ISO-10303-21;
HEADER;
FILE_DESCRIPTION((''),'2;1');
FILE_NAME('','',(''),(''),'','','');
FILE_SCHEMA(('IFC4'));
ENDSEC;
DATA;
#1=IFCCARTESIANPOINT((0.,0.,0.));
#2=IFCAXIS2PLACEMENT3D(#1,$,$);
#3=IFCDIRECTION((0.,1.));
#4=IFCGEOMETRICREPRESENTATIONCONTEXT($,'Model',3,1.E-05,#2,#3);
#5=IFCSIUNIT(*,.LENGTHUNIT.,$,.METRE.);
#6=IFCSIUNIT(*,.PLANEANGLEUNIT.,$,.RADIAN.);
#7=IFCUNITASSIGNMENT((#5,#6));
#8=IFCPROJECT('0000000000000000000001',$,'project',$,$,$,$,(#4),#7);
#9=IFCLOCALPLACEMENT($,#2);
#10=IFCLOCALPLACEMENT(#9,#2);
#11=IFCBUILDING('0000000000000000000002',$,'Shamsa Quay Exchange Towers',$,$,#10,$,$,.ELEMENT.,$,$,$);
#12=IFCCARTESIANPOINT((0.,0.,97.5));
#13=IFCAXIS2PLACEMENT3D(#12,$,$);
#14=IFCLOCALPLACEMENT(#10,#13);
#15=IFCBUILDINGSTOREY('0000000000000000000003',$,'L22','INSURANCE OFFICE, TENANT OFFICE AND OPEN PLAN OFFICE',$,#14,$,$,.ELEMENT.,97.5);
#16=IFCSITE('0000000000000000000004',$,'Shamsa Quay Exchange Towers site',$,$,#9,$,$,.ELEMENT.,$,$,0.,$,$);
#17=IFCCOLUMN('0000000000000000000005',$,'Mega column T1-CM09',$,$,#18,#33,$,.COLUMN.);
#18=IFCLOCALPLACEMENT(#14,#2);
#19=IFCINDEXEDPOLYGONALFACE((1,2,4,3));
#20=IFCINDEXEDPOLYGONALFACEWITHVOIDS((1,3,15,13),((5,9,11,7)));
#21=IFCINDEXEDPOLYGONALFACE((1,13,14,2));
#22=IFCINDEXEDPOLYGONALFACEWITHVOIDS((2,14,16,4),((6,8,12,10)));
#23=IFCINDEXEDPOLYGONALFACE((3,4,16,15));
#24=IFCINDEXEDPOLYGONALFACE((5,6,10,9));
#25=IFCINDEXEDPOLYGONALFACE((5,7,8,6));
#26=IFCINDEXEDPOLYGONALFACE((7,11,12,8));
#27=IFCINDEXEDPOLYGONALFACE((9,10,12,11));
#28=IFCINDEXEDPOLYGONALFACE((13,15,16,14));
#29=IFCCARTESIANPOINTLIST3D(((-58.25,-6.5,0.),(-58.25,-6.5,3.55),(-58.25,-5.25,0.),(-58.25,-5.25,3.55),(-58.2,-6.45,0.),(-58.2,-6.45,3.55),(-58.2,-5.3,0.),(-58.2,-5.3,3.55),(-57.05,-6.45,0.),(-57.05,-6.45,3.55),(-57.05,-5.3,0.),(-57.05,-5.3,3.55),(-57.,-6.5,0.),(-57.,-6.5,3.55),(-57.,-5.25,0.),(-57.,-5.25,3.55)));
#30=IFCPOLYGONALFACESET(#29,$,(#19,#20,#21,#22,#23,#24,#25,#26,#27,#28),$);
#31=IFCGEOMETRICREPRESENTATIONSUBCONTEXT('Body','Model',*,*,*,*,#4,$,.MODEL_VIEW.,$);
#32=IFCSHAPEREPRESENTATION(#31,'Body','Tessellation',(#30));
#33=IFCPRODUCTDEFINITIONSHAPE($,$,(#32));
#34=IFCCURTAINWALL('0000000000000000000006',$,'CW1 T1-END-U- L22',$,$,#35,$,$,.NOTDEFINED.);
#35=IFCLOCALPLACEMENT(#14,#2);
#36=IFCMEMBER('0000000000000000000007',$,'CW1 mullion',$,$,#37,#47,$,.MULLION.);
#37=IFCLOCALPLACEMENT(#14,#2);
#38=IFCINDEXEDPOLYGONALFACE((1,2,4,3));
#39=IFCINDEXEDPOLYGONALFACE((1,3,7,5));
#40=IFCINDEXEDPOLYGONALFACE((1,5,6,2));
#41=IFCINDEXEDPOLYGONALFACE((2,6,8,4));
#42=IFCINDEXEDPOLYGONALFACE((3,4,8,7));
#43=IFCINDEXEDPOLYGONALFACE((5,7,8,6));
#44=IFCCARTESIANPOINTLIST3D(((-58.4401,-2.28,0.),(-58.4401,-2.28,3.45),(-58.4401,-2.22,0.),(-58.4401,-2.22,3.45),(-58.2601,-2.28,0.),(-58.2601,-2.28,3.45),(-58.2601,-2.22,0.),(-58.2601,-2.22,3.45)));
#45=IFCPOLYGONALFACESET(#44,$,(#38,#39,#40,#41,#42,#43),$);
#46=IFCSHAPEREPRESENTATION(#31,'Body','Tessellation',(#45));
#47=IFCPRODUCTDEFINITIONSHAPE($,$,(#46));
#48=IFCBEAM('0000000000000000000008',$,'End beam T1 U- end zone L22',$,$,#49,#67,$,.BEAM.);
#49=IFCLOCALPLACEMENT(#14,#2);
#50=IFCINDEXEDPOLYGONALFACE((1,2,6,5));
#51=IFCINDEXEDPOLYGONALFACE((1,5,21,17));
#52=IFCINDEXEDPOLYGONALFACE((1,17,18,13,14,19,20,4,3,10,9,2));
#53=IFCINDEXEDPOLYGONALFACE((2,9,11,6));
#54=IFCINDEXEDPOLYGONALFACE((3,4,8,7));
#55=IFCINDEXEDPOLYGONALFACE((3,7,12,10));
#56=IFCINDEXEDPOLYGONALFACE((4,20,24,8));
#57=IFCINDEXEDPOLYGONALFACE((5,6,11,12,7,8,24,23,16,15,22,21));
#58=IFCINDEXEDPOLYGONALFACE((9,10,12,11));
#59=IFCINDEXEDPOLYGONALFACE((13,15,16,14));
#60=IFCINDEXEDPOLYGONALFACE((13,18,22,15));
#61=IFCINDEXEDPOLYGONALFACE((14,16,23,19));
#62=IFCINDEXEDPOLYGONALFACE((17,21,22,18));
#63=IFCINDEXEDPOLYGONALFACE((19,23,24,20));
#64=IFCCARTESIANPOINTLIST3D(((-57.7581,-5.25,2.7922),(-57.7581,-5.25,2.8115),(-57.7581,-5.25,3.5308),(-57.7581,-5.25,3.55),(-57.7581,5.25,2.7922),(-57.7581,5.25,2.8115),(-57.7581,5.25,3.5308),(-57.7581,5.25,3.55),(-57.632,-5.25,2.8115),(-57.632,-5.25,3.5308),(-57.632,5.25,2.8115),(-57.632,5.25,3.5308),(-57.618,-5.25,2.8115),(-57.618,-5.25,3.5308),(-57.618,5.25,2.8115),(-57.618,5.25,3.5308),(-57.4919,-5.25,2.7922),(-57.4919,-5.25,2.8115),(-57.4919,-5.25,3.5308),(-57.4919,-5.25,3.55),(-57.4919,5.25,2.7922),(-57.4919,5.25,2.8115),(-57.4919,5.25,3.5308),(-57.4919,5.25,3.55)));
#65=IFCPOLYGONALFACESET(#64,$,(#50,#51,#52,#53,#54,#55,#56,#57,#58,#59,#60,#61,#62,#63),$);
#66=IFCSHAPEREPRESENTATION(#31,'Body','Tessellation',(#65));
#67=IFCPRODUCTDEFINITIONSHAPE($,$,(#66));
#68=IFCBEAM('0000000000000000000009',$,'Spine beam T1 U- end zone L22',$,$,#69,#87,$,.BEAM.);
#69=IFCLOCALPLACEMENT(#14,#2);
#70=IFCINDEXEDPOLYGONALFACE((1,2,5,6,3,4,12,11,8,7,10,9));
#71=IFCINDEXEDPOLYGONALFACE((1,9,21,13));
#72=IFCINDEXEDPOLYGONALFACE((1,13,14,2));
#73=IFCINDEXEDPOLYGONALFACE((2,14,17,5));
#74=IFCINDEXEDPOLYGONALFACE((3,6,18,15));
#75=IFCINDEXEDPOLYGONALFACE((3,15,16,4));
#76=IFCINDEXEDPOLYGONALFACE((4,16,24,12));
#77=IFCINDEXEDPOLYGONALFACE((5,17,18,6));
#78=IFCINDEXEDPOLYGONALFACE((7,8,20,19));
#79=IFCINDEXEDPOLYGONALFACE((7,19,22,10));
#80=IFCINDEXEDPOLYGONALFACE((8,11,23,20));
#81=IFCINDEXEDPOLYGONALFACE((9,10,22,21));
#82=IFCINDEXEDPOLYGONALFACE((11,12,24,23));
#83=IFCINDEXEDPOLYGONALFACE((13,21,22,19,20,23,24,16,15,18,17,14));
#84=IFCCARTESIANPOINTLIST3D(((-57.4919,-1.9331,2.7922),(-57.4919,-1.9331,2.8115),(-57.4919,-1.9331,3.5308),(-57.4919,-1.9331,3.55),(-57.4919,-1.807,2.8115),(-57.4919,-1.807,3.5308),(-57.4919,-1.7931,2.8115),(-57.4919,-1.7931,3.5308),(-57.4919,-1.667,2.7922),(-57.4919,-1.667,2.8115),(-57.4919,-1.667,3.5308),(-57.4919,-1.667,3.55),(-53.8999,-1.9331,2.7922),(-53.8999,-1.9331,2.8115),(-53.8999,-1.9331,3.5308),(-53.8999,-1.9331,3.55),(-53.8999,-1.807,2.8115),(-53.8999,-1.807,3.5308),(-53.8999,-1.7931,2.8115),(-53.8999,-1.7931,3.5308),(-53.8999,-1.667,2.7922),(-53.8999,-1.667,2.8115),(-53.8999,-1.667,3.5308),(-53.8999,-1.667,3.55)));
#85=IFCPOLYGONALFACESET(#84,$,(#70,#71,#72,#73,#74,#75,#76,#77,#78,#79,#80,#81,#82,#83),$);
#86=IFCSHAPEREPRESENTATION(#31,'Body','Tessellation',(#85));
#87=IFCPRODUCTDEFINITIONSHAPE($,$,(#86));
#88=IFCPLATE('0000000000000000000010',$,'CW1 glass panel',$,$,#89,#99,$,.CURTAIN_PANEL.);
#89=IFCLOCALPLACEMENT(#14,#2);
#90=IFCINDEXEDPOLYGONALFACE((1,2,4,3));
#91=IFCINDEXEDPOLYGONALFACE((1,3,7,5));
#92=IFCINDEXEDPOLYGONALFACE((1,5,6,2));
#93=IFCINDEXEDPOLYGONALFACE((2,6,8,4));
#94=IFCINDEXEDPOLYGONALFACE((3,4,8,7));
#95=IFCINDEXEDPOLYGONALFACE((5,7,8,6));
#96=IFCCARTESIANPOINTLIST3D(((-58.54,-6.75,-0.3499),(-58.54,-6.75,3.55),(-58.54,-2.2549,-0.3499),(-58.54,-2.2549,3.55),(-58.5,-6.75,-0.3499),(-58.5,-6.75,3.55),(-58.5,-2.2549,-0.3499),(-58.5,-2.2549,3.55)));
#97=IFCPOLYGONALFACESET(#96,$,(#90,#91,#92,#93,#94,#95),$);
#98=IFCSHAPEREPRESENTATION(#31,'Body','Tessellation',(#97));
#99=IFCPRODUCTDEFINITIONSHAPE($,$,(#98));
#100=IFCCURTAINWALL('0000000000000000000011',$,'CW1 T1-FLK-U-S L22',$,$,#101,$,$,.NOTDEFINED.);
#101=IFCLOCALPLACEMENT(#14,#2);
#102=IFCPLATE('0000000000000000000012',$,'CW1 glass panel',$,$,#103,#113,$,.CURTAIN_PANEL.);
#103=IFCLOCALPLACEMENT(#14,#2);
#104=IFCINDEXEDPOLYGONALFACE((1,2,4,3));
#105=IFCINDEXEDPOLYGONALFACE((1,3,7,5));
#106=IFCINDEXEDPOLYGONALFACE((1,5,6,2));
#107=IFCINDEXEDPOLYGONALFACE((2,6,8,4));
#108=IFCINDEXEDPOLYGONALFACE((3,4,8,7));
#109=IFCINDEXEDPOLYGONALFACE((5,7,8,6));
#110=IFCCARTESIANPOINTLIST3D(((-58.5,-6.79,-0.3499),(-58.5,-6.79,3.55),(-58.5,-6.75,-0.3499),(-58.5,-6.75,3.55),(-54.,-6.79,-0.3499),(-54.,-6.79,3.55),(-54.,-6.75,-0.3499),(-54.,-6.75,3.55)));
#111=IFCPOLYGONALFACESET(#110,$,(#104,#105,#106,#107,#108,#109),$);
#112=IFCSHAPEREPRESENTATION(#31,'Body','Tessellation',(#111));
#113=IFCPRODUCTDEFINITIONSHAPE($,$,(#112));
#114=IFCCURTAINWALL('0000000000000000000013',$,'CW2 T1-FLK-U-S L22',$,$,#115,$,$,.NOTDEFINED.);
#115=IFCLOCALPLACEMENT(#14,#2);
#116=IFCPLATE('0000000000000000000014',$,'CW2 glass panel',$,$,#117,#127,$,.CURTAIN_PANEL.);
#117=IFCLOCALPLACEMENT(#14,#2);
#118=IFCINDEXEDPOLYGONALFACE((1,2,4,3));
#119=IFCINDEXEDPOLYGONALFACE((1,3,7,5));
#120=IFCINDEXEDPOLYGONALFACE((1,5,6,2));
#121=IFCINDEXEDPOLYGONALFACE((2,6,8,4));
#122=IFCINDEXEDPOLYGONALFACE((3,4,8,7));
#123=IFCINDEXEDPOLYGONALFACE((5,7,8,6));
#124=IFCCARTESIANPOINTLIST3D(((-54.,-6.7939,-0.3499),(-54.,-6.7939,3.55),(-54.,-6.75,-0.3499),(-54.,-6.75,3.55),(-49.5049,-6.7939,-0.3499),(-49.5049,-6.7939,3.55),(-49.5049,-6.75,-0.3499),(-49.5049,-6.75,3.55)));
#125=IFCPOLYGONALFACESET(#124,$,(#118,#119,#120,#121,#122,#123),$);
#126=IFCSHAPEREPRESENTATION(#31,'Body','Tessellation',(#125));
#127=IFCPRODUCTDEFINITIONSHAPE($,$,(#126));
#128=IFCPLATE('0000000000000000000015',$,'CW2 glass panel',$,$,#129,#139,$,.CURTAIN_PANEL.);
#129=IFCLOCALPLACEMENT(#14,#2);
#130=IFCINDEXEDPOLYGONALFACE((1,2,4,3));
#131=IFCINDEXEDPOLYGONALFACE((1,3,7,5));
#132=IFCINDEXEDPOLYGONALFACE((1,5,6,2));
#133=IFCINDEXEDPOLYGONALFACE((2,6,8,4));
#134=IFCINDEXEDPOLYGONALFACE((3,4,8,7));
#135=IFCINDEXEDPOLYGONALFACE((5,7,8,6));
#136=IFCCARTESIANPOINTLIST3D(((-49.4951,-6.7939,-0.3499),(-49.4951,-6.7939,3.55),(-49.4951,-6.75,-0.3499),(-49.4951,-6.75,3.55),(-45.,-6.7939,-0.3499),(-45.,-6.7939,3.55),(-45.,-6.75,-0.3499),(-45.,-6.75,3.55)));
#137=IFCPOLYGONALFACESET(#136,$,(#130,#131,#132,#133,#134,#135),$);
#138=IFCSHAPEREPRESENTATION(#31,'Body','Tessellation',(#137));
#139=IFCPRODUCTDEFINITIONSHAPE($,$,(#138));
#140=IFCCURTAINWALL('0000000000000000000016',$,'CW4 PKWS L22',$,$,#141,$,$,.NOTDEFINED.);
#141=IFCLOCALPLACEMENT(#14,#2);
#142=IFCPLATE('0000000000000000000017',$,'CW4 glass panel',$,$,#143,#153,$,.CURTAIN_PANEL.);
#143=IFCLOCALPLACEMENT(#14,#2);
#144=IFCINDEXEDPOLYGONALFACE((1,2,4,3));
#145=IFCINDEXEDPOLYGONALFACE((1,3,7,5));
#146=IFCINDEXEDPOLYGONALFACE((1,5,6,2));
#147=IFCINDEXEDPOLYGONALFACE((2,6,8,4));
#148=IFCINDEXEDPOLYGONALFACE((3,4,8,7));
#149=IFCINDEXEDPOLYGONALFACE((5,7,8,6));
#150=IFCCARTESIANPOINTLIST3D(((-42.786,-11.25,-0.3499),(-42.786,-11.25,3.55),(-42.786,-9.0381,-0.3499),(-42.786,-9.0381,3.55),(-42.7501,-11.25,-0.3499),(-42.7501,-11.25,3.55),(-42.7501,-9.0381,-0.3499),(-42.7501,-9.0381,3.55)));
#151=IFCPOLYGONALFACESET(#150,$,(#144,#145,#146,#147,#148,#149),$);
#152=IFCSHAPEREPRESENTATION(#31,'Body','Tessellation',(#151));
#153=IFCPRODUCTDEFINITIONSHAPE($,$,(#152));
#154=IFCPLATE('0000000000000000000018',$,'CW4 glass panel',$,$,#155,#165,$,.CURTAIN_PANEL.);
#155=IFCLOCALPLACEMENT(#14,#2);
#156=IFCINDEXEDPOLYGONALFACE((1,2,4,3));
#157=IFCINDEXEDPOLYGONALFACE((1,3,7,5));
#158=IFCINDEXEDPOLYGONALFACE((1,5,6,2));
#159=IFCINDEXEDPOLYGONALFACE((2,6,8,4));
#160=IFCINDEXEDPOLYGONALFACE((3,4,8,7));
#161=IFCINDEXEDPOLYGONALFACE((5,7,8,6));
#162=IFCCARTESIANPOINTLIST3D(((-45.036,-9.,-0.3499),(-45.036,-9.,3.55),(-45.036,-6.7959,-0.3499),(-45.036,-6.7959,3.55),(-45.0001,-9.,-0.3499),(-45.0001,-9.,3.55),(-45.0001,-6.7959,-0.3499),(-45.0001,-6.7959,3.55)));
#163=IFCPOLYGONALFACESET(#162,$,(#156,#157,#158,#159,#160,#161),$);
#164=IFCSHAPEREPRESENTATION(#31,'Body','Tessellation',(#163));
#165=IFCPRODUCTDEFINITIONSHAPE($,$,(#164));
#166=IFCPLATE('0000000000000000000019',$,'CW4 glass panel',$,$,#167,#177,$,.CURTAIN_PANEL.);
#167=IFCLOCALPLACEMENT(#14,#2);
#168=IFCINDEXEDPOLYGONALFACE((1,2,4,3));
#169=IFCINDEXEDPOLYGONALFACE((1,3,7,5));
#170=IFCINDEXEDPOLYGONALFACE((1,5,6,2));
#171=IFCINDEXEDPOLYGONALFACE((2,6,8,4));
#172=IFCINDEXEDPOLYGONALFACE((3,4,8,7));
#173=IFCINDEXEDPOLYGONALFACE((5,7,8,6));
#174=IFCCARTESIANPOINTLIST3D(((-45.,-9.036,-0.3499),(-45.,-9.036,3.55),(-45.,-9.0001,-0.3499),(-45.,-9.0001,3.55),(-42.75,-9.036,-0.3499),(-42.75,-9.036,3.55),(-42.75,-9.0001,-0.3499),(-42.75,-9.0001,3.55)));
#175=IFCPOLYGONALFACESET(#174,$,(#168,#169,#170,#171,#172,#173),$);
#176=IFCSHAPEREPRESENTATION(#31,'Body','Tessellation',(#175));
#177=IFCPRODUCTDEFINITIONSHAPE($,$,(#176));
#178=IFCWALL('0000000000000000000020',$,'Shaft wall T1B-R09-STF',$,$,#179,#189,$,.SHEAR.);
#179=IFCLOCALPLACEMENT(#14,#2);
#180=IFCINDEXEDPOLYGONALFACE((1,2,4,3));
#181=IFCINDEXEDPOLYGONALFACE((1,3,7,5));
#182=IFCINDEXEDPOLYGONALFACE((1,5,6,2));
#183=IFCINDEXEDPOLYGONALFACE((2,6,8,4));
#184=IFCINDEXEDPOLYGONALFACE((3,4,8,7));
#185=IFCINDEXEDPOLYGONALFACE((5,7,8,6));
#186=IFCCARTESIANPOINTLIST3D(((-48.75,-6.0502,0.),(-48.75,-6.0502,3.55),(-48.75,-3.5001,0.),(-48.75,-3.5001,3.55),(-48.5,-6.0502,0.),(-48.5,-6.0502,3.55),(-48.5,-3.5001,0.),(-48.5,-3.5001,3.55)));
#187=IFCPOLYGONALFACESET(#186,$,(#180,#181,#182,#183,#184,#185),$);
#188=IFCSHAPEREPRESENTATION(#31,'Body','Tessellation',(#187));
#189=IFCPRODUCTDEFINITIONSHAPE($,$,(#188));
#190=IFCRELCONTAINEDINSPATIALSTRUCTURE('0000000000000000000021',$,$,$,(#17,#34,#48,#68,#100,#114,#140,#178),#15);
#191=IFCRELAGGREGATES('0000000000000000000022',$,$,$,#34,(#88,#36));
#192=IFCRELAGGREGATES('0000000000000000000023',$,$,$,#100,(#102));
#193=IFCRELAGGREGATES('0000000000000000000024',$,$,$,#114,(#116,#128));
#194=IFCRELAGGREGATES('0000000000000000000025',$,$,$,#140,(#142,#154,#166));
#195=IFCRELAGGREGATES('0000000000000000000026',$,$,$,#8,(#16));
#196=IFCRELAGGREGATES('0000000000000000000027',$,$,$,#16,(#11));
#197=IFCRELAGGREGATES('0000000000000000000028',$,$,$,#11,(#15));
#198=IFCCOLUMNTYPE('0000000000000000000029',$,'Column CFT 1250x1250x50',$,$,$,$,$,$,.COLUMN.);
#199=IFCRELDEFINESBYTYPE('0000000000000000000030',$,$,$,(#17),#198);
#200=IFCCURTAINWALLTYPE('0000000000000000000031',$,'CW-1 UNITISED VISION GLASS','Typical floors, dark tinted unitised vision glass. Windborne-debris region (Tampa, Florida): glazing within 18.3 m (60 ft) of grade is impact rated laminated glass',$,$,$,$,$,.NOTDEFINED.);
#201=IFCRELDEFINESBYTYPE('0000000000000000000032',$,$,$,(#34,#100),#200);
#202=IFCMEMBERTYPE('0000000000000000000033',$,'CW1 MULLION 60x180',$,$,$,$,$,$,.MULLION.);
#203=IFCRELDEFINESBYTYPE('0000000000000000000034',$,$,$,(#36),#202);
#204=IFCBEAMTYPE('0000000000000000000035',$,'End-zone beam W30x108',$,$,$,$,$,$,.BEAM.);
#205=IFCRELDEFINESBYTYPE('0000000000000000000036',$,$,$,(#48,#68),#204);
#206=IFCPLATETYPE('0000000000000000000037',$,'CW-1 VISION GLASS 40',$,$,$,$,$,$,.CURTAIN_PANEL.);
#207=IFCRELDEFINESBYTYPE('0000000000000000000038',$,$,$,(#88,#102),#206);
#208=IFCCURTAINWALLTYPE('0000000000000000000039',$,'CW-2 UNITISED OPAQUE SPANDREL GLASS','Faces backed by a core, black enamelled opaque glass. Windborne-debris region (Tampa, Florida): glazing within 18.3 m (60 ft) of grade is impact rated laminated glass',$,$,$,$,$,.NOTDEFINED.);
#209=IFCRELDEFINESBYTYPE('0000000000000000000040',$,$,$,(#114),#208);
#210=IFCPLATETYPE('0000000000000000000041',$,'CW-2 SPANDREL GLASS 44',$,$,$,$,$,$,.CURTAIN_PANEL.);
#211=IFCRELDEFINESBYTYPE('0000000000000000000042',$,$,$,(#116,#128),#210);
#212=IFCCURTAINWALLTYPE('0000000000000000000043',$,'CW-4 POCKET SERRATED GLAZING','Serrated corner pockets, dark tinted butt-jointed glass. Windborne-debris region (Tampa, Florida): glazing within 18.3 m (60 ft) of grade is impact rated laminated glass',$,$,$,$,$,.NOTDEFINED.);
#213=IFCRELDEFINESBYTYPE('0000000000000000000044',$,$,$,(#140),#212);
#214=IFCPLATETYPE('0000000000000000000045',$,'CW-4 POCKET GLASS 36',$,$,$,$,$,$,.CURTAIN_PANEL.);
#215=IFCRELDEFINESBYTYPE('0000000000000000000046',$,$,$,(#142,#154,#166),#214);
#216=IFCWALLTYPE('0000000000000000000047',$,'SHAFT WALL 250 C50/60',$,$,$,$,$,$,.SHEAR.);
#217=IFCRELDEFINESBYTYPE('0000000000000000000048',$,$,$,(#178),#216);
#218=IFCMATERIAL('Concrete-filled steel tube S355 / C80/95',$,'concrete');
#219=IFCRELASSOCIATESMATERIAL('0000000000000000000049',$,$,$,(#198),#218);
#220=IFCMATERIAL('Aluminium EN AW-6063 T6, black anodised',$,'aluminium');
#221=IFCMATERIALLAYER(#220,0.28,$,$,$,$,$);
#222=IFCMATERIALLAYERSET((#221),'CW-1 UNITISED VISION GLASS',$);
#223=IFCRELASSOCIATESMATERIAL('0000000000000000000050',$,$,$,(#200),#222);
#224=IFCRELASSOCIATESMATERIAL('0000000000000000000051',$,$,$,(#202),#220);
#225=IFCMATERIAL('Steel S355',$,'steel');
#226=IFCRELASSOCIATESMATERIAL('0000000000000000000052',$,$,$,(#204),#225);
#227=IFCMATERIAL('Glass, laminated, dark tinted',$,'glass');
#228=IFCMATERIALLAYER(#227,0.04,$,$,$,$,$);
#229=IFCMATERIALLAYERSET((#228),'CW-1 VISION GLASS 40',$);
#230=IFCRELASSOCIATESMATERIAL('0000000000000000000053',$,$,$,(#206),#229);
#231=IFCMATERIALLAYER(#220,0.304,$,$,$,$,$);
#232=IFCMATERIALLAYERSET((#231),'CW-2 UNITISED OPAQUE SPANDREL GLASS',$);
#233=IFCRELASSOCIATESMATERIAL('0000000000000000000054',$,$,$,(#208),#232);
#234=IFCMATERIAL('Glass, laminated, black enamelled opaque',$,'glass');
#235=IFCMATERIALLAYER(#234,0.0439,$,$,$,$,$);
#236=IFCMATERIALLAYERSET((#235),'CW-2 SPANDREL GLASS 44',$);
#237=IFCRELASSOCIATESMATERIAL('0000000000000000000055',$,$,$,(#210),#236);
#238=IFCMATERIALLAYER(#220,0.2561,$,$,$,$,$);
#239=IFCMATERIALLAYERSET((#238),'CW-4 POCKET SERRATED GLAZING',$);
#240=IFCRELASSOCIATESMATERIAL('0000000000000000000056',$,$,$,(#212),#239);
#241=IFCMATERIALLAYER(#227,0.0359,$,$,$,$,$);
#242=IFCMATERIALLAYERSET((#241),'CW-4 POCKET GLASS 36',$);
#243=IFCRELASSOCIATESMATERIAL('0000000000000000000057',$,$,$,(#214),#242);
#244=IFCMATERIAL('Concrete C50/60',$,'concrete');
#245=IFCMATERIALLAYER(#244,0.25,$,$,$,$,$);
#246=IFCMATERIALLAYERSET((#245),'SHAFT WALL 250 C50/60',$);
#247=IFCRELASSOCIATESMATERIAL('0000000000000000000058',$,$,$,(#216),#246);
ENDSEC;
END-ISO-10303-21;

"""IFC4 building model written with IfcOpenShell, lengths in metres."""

from ifc_helpers import new_model, si_unit, direction, frame, frame_2d, origin, origin_2d, place, context, subcontext, project, spatial, rectangle, hollow_rectangle, i_section, extrude, material, layer, layer_set, material_profile, profile_set, type_object, element, aggregate, save


model = new_model("IFC4")

# Units and contexts
model_context = context("Model", 3, precision=1e-05, world=origin(), true_north=direction((0.0, 1.0)))
body_context = subcontext(model_context, "Body", "Model", "MODEL_VIEW")
ifc_project = project(units=[si_unit("LENGTHUNIT", "METRE"), si_unit("PLANEANGLEUNIT", "RADIAN")], contexts=[model_context])

# Site, building, storey
site_placement = place(None, origin())
site = spatial("IfcSite", under=ifc_project, at=site_placement, Name="Shamsa Quay Exchange Towers site", CompositionType="ELEMENT", RefElevation=0.0)
building_placement = place(site_placement, origin())
building = spatial("IfcBuilding", under=site, at=building_placement, Name="Shamsa Quay Exchange Towers", CompositionType="ELEMENT")
storey_placement = place(building_placement, frame((0.0, 0.0, 97.5)))
storey = spatial("IfcBuildingStorey", under=building, at=storey_placement, Name="L22", Description="INSURANCE OFFICE, TENANT OFFICE AND OPEN PLAN OFFICE", CompositionType="ELEMENT", Elevation=97.5)

# Column
ifc_material_1 = material(Name="Concrete-filled steel tube S355 / C80/95", Category="concrete")
ifc_material_profile_1 = material_profile(ifc_material_1, hollow_rectangle(XDim=1.25, YDim=1.25, WallThickness=0.05, at=origin_2d()), Name="CFT 1250x1250x50")
ifc_profile_set_1 = profile_set([ifc_material_profile_1], Name="Concrete-filled steel tube S355 / C80/95")
column_type = type_object("IfcColumnType", Name="Column CFT 1250x1250x50", PredefinedType="COLUMN", material=ifc_profile_set_1)
column_placement = place(storey_placement, frame((-57.625, -5.875, 0.0)))
element("IfcColumn", 1, at=column_placement, inside=storey, type_object=column_type, Name="Mega column T1-CM09", PredefinedType="COLUMN", context=body_context, shape_type="SweptSolid", body=[
    extrude(hollow_rectangle(XDim=1.25, YDim=1.25, WallThickness=0.05, at=origin_2d()), origin(), (0.0, 0.0, 1.0), 3.55),
])

# Curtain wall, member
ifc_material_2 = material(Name="Aluminium EN AW-6063 T6, black anodised", Category="aluminium")
ifc_layer_1 = layer(ifc_material_2, 0.28)
ifc_layer_set_1 = layer_set([ifc_layer_1], Name="CW-1 UNITISED VISION GLASS")
curtain_wall_type_1 = type_object("IfcCurtainWallType", Name="CW-1 UNITISED VISION GLASS", Description="Typical floors, dark tinted unitised vision glass. Windborne-debris region (Tampa, Florida): glazing within 18.3 m (60 ft) of grade is impact rated laminated glass", PredefinedType="NOTDEFINED", material=ifc_layer_set_1)
curtain_wall_1_placement = place(storey_placement, origin())
curtain_wall_1 = element("IfcCurtainWall", 2, at=curtain_wall_1_placement, inside=storey, type_object=curtain_wall_type_1, Name="CW1 T1-END-U- L22", PredefinedType="NOTDEFINED")
ifc_material_profile_2 = material_profile(ifc_material_2, rectangle(XDim=0.1799, YDim=0.0601, at=origin_2d()), Name="MU60x180")
ifc_profile_set_2 = profile_set([ifc_material_profile_2], Name="Aluminium EN AW-6063 T6, black anodised")
member_type = type_object("IfcMemberType", Name="CW1 MULLION 60x180", PredefinedType="MULLION", material=ifc_profile_set_2)
member_placement = place(storey_placement, frame((-58.3501, -2.25, 0.0)))
member = element("IfcMember", 3, at=member_placement, type_object=member_type, Name="CW1 mullion", PredefinedType="MULLION", context=body_context, shape_type="SweptSolid", body=[
    extrude(rectangle(XDim=0.1799, YDim=0.0601, at=origin_2d()), origin(), (0.0, 0.0, 1.0), 3.45),
])

# Beams
ifc_material_3 = material(Name="Steel S355", Category="steel")
ifc_material_profile_3 = material_profile(ifc_material_3, i_section(OverallWidth=0.2661, OverallDepth=0.7578, WebThickness=0.0139, FlangeThickness=0.0193, at=origin_2d()), Name="W30x108")
ifc_profile_set_3 = profile_set([ifc_material_profile_3], Name="Steel S355")
beam_type = type_object("IfcBeamType", Name="End-zone beam W30x108", PredefinedType="BEAM", material=ifc_profile_set_3)
beam_1_placement = place(storey_placement, frame((-57.625, -5.25, 3.1711), z_axis=(0.0, 1.0, 0.0), x_axis=(-1.0, 0.0, 0.0)))
element("IfcBeam", 4, at=beam_1_placement, inside=storey, type_object=beam_type, Name="End beam T1 U- end zone L22", PredefinedType="BEAM", context=body_context, shape_type="SweptSolid", body=[
    extrude(i_section(OverallWidth=0.2661, OverallDepth=0.7578, WebThickness=0.0139, FlangeThickness=0.0193, at=origin_2d()), origin(), (0.0, 0.0, 1.0), 10.5),
])
beam_2_placement = place(storey_placement, frame((-53.8999, -1.8, 3.1711), z_axis=(-1.0, 0.0, 0.0), x_axis=(0.0, -1.0, 0.0)))
element("IfcBeam", 5, at=beam_2_placement, inside=storey, type_object=beam_type, Name="Spine beam T1 U- end zone L22", PredefinedType="BEAM", context=body_context, shape_type="SweptSolid", body=[
    extrude(i_section(OverallWidth=0.2661, OverallDepth=0.7578, WebThickness=0.0139, FlangeThickness=0.0193, at=origin_2d()), origin(), (0.0, 0.0, 1.0), 3.592),
])

# Plate
ifc_material_4 = material(Name="Glass, laminated, dark tinted", Category="glass")
ifc_layer_2 = layer(ifc_material_4, 0.04)
ifc_layer_set_2 = layer_set([ifc_layer_2], Name="CW-1 VISION GLASS 40")
plate_type_1 = type_object("IfcPlateType", Name="CW-1 VISION GLASS 40", PredefinedType="CURTAIN_PANEL", material=ifc_layer_set_2)
plate_1_placement = place(storey_placement, frame((-58.52, -4.5024, -0.3499), z_axis=(0.0, 0.0, 1.0), x_axis=(0.0, -1.0, 0.0)))
plate_1 = element("IfcPlate", 6, at=plate_1_placement, type_object=plate_type_1, Name="CW1 glass panel", PredefinedType="CURTAIN_PANEL", context=body_context, shape_type="SweptSolid", body=[
    extrude(rectangle(XDim=4.4951, YDim=0.04, at=origin_2d()), origin(), (0.0, 0.0, 1.0), 3.8999),
])
aggregate(curtain_wall_1, [plate_1, member])

# Curtain wall, plate
curtain_wall_2_placement = place(storey_placement, origin())
curtain_wall_2 = element("IfcCurtainWall", 7, at=curtain_wall_2_placement, inside=storey, type_object=curtain_wall_type_1, Name="CW1 T1-FLK-U-S L22", PredefinedType="NOTDEFINED")
plate_2_placement = place(storey_placement, frame((-56.25, -6.77, -0.3499)))
plate_2 = element("IfcPlate", 8, at=plate_2_placement, type_object=plate_type_1, Name="CW1 glass panel", PredefinedType="CURTAIN_PANEL", context=body_context, shape_type="SweptSolid", body=[
    extrude(rectangle(XDim=4.5, YDim=0.04, at=origin_2d()), origin(), (0.0, 0.0, 1.0), 3.8999),
])
aggregate(curtain_wall_2, [plate_2])

# Curtain walls, plates
ifc_layer_3 = layer(ifc_material_2, 0.304)
ifc_layer_set_3 = layer_set([ifc_layer_3], Name="CW-2 UNITISED OPAQUE SPANDREL GLASS")
curtain_wall_type_2 = type_object("IfcCurtainWallType", Name="CW-2 UNITISED OPAQUE SPANDREL GLASS", Description="Faces backed by a core, black enamelled opaque glass. Windborne-debris region (Tampa, Florida): glazing within 18.3 m (60 ft) of grade is impact rated laminated glass", PredefinedType="NOTDEFINED", material=ifc_layer_set_3)
curtain_wall_3_placement = place(storey_placement, origin())
curtain_wall_3 = element("IfcCurtainWall", 9, at=curtain_wall_3_placement, inside=storey, type_object=curtain_wall_type_2, Name="CW2 T1-FLK-U-S L22", PredefinedType="NOTDEFINED")
ifc_material_5 = material(Name="Glass, laminated, black enamelled opaque", Category="glass")
ifc_layer_4 = layer(ifc_material_5, 0.0439)
ifc_layer_set_4 = layer_set([ifc_layer_4], Name="CW-2 SPANDREL GLASS 44")
plate_type_2 = type_object("IfcPlateType", Name="CW-2 SPANDREL GLASS 44", PredefinedType="CURTAIN_PANEL", material=ifc_layer_set_4)
plate_3_placement = place(storey_placement, frame((-51.7524, -6.772, -0.3499)))
plate_3 = element("IfcPlate", 10, at=plate_3_placement, type_object=plate_type_2, Name="CW2 glass panel", PredefinedType="CURTAIN_PANEL", context=body_context, shape_type="SweptSolid", body=[
    extrude(rectangle(XDim=4.4951, YDim=0.0439, at=origin_2d()), origin(), (0.0, 0.0, 1.0), 3.8999),
])
plate_4_placement = place(storey_placement, frame((-47.2476, -6.772, -0.3499)))
plate_4 = element("IfcPlate", 11, at=plate_4_placement, type_object=plate_type_2, Name="CW2 glass panel", PredefinedType="CURTAIN_PANEL", context=body_context, shape_type="SweptSolid", body=[
    extrude(rectangle(XDim=4.4951, YDim=0.0439, at=origin_2d()), origin(), (0.0, 0.0, 1.0), 3.8999),
])
aggregate(curtain_wall_3, [plate_3, plate_4])
ifc_layer_5 = layer(ifc_material_2, 0.2561)
ifc_layer_set_5 = layer_set([ifc_layer_5], Name="CW-4 POCKET SERRATED GLAZING")
curtain_wall_type_3 = type_object("IfcCurtainWallType", Name="CW-4 POCKET SERRATED GLAZING", Description="Serrated corner pockets, dark tinted butt-jointed glass. Windborne-debris region (Tampa, Florida): glazing within 18.3 m (60 ft) of grade is impact rated laminated glass", PredefinedType="NOTDEFINED", material=ifc_layer_set_5)
curtain_wall_4_placement = place(storey_placement, origin())
curtain_wall_4 = element("IfcCurtainWall", 12, at=curtain_wall_4_placement, inside=storey, type_object=curtain_wall_type_3, Name="CW4 PKWS L22", PredefinedType="NOTDEFINED")
ifc_layer_6 = layer(ifc_material_4, 0.0359)
ifc_layer_set_6 = layer_set([ifc_layer_6], Name="CW-4 POCKET GLASS 36")
plate_type_3 = type_object("IfcPlateType", Name="CW-4 POCKET GLASS 36", PredefinedType="CURTAIN_PANEL", material=ifc_layer_set_6)
plate_5_placement = place(storey_placement, frame((-42.7681, -10.144, -0.3499), z_axis=(0.0, 0.0, 1.0), x_axis=(0.0, -1.0, 0.0)))
plate_5 = element("IfcPlate", 13, at=plate_5_placement, type_object=plate_type_3, Name="CW4 glass panel", PredefinedType="CURTAIN_PANEL", context=body_context, shape_type="SweptSolid", body=[
    extrude(rectangle(XDim=2.2119, YDim=0.0359, at=origin_2d()), origin(), (0.0, 0.0, 1.0), 3.8999),
])
plate_6_placement = place(storey_placement, frame((-45.0181, -7.8979, -0.3499), z_axis=(0.0, 0.0, 1.0), x_axis=(0.0, -1.0, 0.0)))
plate_6 = element("IfcPlate", 14, at=plate_6_placement, type_object=plate_type_3, Name="CW4 glass panel", PredefinedType="CURTAIN_PANEL", context=body_context, shape_type="SweptSolid", body=[
    extrude(rectangle(XDim=2.2041, YDim=0.0359, at=origin_2d()), origin(), (0.0, 0.0, 1.0), 3.8999),
])
plate_7_placement = place(storey_placement, frame((-43.875, -9.0181, -0.3499)))
plate_7 = element("IfcPlate", 15, at=plate_7_placement, type_object=plate_type_3, Name="CW4 glass panel", PredefinedType="CURTAIN_PANEL", context=body_context, shape_type="SweptSolid", body=[
    extrude(rectangle(XDim=2.25, YDim=0.0359, at=origin_2d()), origin(), (0.0, 0.0, 1.0), 3.8999),
])
aggregate(curtain_wall_4, [plate_5, plate_6, plate_7])

# Wall
ifc_material_6 = material(Name="Concrete C50/60", Category="concrete")
ifc_layer_7 = layer(ifc_material_6, 0.25)
ifc_layer_set_7 = layer_set([ifc_layer_7], Name="SHAFT WALL 250 C50/60")
wall_type_1 = type_object("IfcWallType", Name="SHAFT WALL 250 C50/60", PredefinedType="SHEAR", material=ifc_layer_set_7)
wall_1_placement = place(storey_placement, frame((-48.625, -6.05, 0.0), z_axis=(0.0, 0.0, 1.0), x_axis=(0.0, 1.0, 0.0)))
element("IfcWall", 16, at=wall_1_placement, inside=storey, type_object=wall_type_1, Name="Shaft wall T1B-R09-STF", PredefinedType="SHEAR", context=body_context, shape_type="SweptSolid", body=[
    extrude(rectangle(XDim=2.55, YDim=0.25, at=frame_2d((1.2749, 0.0))), origin(), (0.0, 0.0, 1.0), 3.55),
])

save(model, "model.ifc")
